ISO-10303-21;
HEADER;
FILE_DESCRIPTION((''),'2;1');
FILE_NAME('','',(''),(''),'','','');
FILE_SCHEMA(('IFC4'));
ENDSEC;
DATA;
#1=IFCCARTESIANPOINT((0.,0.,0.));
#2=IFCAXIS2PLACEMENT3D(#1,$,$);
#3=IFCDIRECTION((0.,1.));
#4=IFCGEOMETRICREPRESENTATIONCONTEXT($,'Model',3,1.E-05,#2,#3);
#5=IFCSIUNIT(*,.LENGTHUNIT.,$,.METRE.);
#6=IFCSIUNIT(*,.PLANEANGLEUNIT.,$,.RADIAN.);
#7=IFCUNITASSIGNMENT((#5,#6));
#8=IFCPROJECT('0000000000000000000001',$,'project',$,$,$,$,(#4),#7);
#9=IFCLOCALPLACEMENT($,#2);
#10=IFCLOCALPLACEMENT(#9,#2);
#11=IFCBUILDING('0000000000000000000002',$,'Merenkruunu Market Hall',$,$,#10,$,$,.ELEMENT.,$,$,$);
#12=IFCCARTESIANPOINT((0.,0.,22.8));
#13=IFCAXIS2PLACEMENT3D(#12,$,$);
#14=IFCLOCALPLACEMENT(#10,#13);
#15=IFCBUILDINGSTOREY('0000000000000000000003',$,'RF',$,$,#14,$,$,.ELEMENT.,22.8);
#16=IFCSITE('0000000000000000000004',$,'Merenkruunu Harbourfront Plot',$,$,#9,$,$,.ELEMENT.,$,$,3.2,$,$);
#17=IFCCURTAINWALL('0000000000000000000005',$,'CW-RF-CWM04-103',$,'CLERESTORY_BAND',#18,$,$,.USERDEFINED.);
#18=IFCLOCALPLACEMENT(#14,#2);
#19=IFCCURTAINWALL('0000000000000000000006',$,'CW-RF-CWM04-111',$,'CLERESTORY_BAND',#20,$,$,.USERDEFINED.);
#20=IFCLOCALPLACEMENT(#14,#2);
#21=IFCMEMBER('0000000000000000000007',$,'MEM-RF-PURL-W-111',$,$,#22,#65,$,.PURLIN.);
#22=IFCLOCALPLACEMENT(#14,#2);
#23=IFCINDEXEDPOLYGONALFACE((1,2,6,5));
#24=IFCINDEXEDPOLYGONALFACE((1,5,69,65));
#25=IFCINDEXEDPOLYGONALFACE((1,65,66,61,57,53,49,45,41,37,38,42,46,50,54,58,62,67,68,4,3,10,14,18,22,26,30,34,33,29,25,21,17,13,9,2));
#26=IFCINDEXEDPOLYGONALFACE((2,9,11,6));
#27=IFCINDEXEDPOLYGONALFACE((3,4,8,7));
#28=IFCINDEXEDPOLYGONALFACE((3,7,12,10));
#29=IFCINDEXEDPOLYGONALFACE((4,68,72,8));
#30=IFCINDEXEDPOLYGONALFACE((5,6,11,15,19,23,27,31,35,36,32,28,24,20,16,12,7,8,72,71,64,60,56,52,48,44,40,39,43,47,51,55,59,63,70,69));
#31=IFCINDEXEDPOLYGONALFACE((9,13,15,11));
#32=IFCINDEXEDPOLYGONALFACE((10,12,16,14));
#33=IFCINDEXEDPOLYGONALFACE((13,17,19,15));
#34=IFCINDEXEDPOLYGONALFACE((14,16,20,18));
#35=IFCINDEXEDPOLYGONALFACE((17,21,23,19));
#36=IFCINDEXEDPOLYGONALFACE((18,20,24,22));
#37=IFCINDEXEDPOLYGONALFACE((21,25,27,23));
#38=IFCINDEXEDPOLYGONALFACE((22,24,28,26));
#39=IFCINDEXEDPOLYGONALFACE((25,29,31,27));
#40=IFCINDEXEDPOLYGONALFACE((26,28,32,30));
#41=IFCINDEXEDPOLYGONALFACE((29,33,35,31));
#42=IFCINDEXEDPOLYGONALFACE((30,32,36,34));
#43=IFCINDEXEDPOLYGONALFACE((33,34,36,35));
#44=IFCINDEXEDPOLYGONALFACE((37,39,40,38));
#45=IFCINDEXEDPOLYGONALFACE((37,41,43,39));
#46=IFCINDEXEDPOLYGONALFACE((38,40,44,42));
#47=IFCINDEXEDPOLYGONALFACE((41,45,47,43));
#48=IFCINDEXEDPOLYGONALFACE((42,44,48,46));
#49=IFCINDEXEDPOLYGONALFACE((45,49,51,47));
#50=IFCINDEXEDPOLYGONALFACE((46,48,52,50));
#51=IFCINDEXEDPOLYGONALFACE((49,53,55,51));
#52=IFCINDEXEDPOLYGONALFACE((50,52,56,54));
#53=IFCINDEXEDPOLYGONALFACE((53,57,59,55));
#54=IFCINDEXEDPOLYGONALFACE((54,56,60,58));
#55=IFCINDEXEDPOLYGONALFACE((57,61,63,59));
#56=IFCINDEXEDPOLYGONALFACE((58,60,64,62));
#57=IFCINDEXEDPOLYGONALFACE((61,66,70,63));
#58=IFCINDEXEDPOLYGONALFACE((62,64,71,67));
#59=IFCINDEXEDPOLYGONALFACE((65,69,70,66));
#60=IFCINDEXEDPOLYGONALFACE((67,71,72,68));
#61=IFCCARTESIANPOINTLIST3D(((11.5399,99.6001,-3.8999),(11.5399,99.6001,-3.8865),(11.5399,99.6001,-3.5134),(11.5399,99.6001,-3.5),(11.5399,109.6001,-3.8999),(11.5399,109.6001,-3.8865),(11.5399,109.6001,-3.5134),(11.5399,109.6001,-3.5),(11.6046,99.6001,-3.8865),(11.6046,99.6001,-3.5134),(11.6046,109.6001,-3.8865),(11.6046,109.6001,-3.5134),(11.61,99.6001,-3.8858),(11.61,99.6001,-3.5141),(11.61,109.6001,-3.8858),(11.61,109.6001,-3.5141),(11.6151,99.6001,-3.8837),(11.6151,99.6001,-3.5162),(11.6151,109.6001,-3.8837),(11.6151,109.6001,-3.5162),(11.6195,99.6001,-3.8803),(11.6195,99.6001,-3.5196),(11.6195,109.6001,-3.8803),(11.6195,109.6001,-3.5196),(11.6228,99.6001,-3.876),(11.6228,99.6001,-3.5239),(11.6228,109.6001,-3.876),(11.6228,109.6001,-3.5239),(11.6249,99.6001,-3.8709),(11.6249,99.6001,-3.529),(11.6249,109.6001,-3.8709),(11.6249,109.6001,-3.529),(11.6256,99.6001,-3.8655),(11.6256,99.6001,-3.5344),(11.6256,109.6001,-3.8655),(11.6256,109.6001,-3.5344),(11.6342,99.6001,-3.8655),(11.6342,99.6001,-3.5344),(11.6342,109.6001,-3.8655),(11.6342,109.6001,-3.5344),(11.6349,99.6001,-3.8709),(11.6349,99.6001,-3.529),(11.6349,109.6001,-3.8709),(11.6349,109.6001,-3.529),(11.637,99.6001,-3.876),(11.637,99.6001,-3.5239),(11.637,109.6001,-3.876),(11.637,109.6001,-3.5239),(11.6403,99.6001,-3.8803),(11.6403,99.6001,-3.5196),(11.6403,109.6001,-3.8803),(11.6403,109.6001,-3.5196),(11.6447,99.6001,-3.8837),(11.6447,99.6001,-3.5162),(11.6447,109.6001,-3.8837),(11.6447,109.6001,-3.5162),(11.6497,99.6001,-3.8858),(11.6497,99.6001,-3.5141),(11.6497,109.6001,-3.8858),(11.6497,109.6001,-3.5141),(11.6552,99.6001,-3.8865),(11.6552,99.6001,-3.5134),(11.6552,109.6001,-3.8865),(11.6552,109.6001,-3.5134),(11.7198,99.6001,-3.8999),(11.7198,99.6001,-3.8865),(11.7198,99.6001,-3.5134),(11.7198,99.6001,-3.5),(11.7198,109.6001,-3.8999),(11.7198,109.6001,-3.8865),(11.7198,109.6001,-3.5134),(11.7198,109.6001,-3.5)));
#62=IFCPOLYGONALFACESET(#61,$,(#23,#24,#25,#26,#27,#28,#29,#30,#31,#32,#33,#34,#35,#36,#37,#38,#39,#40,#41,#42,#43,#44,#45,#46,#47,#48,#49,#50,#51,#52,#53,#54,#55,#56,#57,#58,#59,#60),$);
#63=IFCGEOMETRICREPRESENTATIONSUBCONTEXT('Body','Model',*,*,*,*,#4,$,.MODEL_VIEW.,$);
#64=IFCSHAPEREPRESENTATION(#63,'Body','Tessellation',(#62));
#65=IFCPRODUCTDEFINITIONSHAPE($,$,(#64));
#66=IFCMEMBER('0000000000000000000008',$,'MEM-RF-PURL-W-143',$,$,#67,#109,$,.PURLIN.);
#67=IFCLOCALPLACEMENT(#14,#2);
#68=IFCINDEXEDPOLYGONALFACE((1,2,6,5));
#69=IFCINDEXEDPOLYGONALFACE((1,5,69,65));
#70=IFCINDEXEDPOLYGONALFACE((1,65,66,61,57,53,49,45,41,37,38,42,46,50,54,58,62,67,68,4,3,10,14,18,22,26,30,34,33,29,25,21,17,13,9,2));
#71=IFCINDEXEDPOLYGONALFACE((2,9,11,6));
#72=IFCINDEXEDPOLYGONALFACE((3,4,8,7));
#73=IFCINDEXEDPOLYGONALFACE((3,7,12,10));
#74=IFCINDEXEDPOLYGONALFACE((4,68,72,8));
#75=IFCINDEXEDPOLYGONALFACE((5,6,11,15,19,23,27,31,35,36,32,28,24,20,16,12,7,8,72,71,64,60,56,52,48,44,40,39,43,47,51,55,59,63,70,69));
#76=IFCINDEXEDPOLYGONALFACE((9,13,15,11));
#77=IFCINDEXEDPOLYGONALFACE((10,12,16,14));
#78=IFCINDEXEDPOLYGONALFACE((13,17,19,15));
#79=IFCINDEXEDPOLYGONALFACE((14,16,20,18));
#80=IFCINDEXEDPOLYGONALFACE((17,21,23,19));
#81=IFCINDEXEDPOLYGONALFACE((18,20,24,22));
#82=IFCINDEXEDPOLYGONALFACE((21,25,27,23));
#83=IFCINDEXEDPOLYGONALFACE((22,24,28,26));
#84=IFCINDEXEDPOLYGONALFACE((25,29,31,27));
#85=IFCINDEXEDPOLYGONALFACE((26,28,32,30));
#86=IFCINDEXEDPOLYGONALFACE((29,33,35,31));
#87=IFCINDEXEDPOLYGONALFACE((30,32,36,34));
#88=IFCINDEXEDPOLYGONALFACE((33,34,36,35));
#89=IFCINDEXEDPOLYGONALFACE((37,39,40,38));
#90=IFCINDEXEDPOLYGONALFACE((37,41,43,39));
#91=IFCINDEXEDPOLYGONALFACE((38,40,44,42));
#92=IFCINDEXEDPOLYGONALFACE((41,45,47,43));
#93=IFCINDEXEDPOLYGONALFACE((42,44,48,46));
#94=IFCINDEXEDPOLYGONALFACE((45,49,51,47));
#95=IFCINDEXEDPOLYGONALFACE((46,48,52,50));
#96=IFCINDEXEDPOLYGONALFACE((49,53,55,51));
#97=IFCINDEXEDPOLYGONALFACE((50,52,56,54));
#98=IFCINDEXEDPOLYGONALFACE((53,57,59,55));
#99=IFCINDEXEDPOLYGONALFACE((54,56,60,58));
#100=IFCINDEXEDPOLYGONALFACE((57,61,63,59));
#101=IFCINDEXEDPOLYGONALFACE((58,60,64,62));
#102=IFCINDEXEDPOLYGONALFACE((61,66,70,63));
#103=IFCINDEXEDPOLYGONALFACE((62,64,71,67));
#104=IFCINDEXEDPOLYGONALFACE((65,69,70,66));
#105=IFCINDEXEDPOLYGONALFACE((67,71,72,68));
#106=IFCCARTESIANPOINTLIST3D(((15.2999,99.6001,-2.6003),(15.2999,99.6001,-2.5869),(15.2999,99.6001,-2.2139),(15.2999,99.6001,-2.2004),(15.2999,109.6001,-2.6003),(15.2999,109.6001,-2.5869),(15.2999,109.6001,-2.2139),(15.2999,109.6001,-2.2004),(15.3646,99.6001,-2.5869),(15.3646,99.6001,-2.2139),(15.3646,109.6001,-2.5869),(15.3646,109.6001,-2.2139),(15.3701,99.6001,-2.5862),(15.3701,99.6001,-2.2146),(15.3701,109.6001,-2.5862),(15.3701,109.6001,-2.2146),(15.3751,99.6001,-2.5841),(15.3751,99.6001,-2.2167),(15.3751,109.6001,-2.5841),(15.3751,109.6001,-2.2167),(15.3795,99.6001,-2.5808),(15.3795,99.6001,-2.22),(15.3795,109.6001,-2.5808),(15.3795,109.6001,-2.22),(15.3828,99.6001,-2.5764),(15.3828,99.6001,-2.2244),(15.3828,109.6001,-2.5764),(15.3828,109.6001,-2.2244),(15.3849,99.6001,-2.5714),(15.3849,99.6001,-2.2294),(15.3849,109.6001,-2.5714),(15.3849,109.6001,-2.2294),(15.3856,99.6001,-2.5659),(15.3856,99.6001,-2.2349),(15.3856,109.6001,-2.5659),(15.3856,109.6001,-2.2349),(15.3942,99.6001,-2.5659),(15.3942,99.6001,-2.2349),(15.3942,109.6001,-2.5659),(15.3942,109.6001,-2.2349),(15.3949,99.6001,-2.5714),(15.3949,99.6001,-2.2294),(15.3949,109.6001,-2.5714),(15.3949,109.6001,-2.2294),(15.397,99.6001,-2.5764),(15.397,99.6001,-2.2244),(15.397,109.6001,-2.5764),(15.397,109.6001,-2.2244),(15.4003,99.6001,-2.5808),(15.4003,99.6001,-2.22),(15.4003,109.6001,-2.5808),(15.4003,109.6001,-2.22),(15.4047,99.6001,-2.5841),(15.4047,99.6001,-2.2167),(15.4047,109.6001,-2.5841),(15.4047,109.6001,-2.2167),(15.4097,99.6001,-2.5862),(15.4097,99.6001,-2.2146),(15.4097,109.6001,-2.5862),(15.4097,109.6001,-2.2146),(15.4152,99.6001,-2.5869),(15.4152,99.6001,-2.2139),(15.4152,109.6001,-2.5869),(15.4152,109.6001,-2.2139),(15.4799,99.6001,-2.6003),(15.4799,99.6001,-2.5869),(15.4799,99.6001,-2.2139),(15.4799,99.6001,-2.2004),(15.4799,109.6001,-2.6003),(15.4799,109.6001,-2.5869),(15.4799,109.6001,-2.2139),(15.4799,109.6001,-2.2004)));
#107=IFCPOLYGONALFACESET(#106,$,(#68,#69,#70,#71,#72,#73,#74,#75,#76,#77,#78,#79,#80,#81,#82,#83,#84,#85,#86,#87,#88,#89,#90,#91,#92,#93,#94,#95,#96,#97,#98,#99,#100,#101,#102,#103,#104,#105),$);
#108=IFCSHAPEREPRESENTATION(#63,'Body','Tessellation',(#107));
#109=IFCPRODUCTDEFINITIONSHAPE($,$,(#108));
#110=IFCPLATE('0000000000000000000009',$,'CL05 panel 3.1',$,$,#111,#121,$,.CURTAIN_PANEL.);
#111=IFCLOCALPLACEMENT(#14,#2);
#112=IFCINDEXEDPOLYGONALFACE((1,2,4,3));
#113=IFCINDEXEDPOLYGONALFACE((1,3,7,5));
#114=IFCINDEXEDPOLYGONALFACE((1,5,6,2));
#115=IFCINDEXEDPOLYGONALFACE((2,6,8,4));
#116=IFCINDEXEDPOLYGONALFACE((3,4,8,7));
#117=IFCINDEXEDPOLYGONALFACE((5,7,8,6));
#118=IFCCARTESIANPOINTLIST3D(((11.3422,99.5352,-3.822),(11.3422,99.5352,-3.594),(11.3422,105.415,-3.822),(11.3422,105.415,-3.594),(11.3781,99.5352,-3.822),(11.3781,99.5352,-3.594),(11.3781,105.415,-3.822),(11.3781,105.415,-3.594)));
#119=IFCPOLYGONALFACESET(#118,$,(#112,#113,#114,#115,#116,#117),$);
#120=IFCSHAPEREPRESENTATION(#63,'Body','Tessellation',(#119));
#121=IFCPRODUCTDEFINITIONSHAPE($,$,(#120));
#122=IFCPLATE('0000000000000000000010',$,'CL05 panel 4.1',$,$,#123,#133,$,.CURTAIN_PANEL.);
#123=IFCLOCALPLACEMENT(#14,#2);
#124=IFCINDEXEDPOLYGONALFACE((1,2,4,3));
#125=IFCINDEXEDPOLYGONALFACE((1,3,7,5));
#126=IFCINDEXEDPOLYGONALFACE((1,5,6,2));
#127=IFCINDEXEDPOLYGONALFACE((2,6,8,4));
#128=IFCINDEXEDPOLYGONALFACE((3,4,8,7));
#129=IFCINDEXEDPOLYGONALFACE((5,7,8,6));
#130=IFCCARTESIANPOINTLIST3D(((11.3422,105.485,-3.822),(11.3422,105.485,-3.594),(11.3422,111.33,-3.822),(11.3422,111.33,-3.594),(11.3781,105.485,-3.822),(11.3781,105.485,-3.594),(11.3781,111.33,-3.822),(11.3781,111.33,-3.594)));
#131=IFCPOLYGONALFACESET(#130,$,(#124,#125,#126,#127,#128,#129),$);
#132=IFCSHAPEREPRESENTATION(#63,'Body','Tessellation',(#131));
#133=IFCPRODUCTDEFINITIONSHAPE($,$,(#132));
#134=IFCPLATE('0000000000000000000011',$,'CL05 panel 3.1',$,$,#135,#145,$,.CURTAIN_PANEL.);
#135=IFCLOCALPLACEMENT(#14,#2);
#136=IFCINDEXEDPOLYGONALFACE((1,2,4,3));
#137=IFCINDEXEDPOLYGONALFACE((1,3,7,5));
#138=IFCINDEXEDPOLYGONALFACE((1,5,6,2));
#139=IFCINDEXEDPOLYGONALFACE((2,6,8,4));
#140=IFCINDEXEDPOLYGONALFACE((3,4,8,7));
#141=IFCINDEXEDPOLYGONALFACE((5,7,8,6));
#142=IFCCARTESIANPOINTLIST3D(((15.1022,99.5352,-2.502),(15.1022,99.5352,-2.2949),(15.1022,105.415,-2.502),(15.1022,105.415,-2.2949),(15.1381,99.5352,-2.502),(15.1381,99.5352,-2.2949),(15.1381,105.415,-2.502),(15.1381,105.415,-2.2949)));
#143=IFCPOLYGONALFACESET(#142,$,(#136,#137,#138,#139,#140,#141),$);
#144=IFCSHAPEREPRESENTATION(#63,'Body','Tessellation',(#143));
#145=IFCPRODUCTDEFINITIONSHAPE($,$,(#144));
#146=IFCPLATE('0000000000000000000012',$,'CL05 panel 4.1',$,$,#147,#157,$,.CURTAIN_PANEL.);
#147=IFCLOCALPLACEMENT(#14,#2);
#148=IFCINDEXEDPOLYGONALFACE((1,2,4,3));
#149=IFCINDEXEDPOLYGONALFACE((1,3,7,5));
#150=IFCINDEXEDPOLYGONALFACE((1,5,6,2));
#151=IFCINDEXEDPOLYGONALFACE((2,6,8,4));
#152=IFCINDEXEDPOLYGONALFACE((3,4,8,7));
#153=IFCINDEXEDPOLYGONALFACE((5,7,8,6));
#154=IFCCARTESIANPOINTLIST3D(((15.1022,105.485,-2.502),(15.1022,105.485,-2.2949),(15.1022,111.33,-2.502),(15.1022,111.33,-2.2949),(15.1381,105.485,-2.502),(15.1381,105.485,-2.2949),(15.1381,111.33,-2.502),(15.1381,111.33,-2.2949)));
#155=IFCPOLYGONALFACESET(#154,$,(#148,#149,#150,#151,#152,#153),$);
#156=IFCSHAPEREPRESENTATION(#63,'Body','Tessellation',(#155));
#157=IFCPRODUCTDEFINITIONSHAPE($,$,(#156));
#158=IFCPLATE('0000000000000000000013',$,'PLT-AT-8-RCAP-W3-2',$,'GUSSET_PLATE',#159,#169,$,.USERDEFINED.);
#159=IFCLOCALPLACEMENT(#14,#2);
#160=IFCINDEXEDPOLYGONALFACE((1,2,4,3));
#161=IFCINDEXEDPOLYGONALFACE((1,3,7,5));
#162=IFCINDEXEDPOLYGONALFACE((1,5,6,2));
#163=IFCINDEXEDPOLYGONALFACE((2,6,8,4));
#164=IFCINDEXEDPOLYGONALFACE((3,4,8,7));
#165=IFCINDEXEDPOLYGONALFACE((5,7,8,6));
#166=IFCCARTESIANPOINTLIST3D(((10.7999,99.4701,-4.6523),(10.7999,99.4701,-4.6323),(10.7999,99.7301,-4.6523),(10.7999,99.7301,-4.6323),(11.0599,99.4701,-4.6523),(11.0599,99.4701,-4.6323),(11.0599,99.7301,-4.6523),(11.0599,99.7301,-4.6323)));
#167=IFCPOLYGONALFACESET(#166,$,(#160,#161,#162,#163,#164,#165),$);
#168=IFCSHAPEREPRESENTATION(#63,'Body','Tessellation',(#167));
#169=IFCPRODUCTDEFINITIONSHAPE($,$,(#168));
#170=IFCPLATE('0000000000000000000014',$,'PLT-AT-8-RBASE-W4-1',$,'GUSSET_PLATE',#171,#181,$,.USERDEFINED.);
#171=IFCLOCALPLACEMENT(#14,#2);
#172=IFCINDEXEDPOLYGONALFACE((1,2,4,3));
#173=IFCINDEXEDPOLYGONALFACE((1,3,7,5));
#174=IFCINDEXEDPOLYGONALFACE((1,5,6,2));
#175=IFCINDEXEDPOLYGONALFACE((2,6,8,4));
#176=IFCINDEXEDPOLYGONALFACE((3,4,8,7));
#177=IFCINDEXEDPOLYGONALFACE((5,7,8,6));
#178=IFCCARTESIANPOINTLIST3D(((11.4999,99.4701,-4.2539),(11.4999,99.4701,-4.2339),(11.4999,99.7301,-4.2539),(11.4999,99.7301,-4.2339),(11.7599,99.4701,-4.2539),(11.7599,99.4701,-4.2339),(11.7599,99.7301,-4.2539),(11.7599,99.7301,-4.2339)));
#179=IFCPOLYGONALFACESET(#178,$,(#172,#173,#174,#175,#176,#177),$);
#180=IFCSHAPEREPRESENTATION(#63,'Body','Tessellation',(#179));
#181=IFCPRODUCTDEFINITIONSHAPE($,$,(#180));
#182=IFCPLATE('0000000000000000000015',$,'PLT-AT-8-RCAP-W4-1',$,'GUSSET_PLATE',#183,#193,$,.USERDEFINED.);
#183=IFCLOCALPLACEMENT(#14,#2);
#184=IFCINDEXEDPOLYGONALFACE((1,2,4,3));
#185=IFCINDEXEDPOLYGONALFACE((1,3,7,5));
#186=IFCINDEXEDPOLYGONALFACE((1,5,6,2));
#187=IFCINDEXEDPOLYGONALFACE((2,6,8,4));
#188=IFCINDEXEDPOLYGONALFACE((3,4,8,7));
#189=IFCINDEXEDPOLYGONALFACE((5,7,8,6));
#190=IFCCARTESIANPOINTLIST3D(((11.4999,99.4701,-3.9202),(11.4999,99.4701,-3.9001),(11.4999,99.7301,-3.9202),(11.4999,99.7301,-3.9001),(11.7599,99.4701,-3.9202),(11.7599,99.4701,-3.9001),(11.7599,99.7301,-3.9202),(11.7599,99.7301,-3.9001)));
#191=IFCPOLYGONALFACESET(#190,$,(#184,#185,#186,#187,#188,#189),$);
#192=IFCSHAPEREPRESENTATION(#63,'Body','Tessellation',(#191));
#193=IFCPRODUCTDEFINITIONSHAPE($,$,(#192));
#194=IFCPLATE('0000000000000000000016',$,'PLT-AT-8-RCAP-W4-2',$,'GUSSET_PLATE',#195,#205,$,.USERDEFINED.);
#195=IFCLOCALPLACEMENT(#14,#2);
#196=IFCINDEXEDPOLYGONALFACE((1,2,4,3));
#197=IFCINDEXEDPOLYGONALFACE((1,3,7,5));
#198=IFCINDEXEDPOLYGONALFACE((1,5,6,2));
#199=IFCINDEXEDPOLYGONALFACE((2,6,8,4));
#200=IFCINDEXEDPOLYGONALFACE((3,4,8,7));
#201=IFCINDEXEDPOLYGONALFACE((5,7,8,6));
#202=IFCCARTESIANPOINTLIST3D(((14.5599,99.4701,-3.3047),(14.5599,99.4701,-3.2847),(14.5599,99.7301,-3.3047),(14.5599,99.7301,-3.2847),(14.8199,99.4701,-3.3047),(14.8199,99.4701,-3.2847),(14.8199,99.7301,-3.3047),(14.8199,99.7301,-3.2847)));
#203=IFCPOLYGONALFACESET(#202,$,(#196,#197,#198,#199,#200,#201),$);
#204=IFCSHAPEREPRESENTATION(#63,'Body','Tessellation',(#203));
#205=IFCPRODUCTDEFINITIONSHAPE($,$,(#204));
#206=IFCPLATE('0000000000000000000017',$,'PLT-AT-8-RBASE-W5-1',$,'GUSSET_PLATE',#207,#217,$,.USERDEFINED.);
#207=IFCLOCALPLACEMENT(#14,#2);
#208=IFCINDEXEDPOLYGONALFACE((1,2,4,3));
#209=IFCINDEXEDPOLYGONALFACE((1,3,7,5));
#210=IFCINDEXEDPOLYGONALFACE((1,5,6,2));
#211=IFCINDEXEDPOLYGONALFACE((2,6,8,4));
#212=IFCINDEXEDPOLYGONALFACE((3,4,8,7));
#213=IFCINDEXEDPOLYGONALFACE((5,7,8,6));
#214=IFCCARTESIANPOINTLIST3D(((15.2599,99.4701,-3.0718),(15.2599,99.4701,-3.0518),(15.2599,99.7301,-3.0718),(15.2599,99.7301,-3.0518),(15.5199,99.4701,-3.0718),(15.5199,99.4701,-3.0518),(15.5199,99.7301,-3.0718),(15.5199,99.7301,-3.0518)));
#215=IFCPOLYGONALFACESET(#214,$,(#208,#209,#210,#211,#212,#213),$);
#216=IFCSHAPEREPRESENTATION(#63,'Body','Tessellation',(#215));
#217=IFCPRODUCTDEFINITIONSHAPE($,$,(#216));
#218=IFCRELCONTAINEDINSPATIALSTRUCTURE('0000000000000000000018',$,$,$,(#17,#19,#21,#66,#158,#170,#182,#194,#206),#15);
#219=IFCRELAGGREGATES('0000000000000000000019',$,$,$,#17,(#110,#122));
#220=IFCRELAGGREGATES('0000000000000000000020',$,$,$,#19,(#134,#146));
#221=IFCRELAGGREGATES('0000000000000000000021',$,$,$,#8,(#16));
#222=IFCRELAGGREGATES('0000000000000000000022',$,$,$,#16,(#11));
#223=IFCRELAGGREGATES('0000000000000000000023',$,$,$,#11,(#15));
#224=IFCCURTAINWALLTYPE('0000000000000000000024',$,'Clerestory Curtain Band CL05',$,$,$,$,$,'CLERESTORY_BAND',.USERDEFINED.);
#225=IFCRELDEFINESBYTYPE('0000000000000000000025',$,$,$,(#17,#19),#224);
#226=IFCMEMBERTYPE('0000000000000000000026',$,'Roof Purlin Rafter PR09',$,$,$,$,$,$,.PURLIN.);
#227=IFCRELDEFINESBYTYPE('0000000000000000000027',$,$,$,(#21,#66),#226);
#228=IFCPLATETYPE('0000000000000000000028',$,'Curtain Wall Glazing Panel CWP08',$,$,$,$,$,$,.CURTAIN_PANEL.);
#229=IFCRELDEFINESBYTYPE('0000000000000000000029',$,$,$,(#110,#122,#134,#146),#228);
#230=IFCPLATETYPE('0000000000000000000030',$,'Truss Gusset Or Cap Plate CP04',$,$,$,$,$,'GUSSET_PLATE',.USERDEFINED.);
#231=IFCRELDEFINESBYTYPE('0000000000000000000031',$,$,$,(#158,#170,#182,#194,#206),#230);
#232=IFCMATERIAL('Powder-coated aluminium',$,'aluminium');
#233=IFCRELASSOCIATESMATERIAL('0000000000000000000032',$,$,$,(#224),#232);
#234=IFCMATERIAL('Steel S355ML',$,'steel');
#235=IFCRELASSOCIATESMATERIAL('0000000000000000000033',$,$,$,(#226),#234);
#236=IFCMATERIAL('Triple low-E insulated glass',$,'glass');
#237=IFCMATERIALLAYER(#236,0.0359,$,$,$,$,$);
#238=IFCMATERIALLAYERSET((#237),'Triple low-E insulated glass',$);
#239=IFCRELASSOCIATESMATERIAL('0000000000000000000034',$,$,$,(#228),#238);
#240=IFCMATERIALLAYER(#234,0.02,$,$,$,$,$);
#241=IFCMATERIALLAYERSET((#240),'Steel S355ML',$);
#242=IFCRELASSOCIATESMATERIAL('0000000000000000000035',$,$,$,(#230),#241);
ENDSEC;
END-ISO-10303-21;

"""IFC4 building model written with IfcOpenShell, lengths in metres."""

from ifc_helpers import new_model, si_unit, direction, frame, origin, origin_2d, place, context, subcontext, project, spatial, rectangle, i_section, extrude, material, layer, layer_set, material_profile, profile_set, type_object, element, aggregate, save


model = new_model("IFC4")

# Units and contexts
model_context = context("Model", 3, precision=1e-05, world=origin(), true_north=direction((0.0, 1.0)))
body_context = subcontext(model_context, "Body", "Model", "MODEL_VIEW")
ifc_project = project(units=[si_unit("LENGTHUNIT", "METRE"), si_unit("PLANEANGLEUNIT", "RADIAN")], contexts=[model_context])

# Site, building, storey
site_placement = place(None, origin())
site = spatial("IfcSite", under=ifc_project, at=site_placement, Name="Merenkruunu Harbourfront Plot", CompositionType="ELEMENT", RefElevation=3.2)
building_placement = place(site_placement, origin())
building = spatial("IfcBuilding", under=site, at=building_placement, Name="Merenkruunu Market Hall", CompositionType="ELEMENT")
storey_placement = place(building_placement, frame((0.0, 0.0, 22.8)))
storey = spatial("IfcBuildingStorey", under=building, at=storey_placement, Name="RF", CompositionType="ELEMENT", Elevation=22.8)

# Shared definitions
ifc_material_1 = material(Name="Steel S355ML", Category="steel")

# Curtain walls
ifc_material_2 = material(Name="Powder-coated aluminium", Category="aluminium")
curtain_wall_type = type_object("IfcCurtainWallType", Name="Clerestory Curtain Band CL05", ElementType="CLERESTORY_BAND", PredefinedType="USERDEFINED", material=ifc_material_2)
curtain_wall_1_placement = place(storey_placement, origin())
curtain_wall_1 = element("IfcCurtainWall", 1, at=curtain_wall_1_placement, inside=storey, type_object=curtain_wall_type, Name="CW-RF-CWM04-103", ObjectType="CLERESTORY_BAND", PredefinedType="USERDEFINED")
curtain_wall_2_placement = place(storey_placement, origin())
curtain_wall_2 = element("IfcCurtainWall", 2, at=curtain_wall_2_placement, inside=storey, type_object=curtain_wall_type, Name="CW-RF-CWM04-111", ObjectType="CLERESTORY_BAND", PredefinedType="USERDEFINED")

# Members
ifc_material_profile_1 = material_profile(ifc_material_1, i_section(OverallWidth=0.1799, OverallDepth=0.3999, WebThickness=0.0085, FlangeThickness=0.0134, FilletRadius=0.021, at=origin_2d()), Name="IPE 400")
ifc_profile_set_1 = profile_set([ifc_material_profile_1], Name="Steel S355ML")
member_type_1 = type_object("IfcMemberType", Name="Roof Purlin Rafter PR09", PredefinedType="PURLIN", material=ifc_profile_set_1)
for number, where, z_axis, x_axis, name in (
    (3, (11.6299, 99.6001, -3.7), (0.0, 1.0, 0.0), (-1.0, 0.0, 0.0), "MEM-RF-PURL-W-111"),
    (4, (15.3899, 99.6001, -2.4004), (0.0, 1.0, 0.0), (-1.0, 0.0, 0.0), "MEM-RF-PURL-W-143"),
):
    element("IfcMember", number, at=place(storey_placement, frame(where, z_axis=z_axis, x_axis=x_axis)), inside=storey, type_object=member_type_1, Name=name, PredefinedType="PURLIN", context=body_context, shape_type="SweptSolid", body=[
        extrude(i_section(OverallWidth=0.1799, OverallDepth=0.3999, WebThickness=0.0085, FlangeThickness=0.0134, FilletRadius=0.021, at=origin_2d()), origin(), (0.0, 0.0, 1.0), 10.0),
    ])

# Plates
ifc_material_3 = material(Name="Triple low-E insulated glass", Category="glass")
ifc_layer_1 = layer(ifc_material_3, 0.0359)
ifc_layer_set_1 = layer_set([ifc_layer_1], Name="Triple low-E insulated glass")
plate_type_1 = type_object("IfcPlateType", Name="Curtain Wall Glazing Panel CWP08", PredefinedType="CURTAIN_PANEL", material=ifc_layer_set_1)
plate_1_placement = place(storey_placement, frame((11.3601, 102.4751, -3.822), z_axis=(0.0, 0.0, 1.0), x_axis=(0.0, 1.0, 0.0)))
plate_1 = element("IfcPlate", 5, at=plate_1_placement, type_object=plate_type_1, Name="CL05 panel 3.1", PredefinedType="CURTAIN_PANEL", context=body_context, shape_type="SweptSolid", body=[
    extrude(rectangle(XDim=5.8799, YDim=0.0359, at=origin_2d()), origin(), (0.0, 0.0, 1.0), 0.228),
])
plate_2_placement = place(storey_placement, frame((11.3601, 108.4075, -3.822), z_axis=(0.0, 0.0, 1.0), x_axis=(0.0, 1.0, 0.0)))
plate_2 = element("IfcPlate", 6, at=plate_2_placement, type_object=plate_type_1, Name="CL05 panel 4.1", PredefinedType="CURTAIN_PANEL", context=body_context, shape_type="SweptSolid", body=[
    extrude(rectangle(XDim=5.845, YDim=0.0359, at=origin_2d()), origin(), (0.0, 0.0, 1.0), 0.228),
])
aggregate(curtain_wall_1, [plate_1, plate_2])
plate_3_placement = place(storey_placement, frame((15.1201, 102.4751, -2.502), z_axis=(0.0, 0.0, 1.0), x_axis=(0.0, 1.0, 0.0)))
plate_3 = element("IfcPlate", 7, at=plate_3_placement, type_object=plate_type_1, Name="CL05 panel 3.1", PredefinedType="CURTAIN_PANEL", context=body_context, shape_type="SweptSolid", body=[
    extrude(rectangle(XDim=5.8799, YDim=0.0359, at=origin_2d()), origin(), (0.0, 0.0, 1.0), 0.207),
])
plate_4_placement = place(storey_placement, frame((15.1201, 108.4075, -2.502), z_axis=(0.0, 0.0, 1.0), x_axis=(0.0, 1.0, 0.0)))
plate_4 = element("IfcPlate", 8, at=plate_4_placement, type_object=plate_type_1, Name="CL05 panel 4.1", PredefinedType="CURTAIN_PANEL", context=body_context, shape_type="SweptSolid", body=[
    extrude(rectangle(XDim=5.845, YDim=0.0359, at=origin_2d()), origin(), (0.0, 0.0, 1.0), 0.207),
])
aggregate(curtain_wall_2, [plate_3, plate_4])

# Plates
ifc_layer_2 = layer(ifc_material_1, 0.02)
ifc_layer_set_2 = layer_set([ifc_layer_2], Name="Steel S355ML")
plate_type_2 = type_object("IfcPlateType", Name="Truss Gusset Or Cap Plate CP04", ElementType="GUSSET_PLATE", PredefinedType="USERDEFINED", material=ifc_layer_set_2)
for number, where, z_axis, x_axis, name in (
    (9, (10.9299, 99.6001, -4.6523), (0.0, 0.0, 1.0), (1.0, 0.0, 0.0), "PLT-AT-8-RCAP-W3-2"),
    (10, (11.6299, 99.6001, -4.2539), (0.0, 0.0, 1.0), (1.0, 0.0, 0.0), "PLT-AT-8-RBASE-W4-1"),
    (11, (11.6299, 99.6001, -3.9202), (0.0, 0.0, 1.0), (1.0, 0.0, 0.0), "PLT-AT-8-RCAP-W4-1"),
    (12, (14.6899, 99.6001, -3.3047), (0.0, 0.0, 1.0), (1.0, 0.0, 0.0), "PLT-AT-8-RCAP-W4-2"),
    (13, (15.3899, 99.6001, -3.0718), (0.0, 0.0, 1.0), (1.0, 0.0, 0.0), "PLT-AT-8-RBASE-W5-1"),
):
    element("IfcPlate", number, at=place(storey_placement, frame(where, z_axis=z_axis, x_axis=x_axis)), inside=storey, type_object=plate_type_2, Name=name, ObjectType="GUSSET_PLATE", PredefinedType="USERDEFINED", context=body_context, shape_type="SweptSolid", body=[
        extrude(rectangle(XDim=0.26, YDim=0.26, at=origin_2d()), origin(), (0.0, 0.0, 1.0), 0.02),
    ])

save(model, "model.ifc")
